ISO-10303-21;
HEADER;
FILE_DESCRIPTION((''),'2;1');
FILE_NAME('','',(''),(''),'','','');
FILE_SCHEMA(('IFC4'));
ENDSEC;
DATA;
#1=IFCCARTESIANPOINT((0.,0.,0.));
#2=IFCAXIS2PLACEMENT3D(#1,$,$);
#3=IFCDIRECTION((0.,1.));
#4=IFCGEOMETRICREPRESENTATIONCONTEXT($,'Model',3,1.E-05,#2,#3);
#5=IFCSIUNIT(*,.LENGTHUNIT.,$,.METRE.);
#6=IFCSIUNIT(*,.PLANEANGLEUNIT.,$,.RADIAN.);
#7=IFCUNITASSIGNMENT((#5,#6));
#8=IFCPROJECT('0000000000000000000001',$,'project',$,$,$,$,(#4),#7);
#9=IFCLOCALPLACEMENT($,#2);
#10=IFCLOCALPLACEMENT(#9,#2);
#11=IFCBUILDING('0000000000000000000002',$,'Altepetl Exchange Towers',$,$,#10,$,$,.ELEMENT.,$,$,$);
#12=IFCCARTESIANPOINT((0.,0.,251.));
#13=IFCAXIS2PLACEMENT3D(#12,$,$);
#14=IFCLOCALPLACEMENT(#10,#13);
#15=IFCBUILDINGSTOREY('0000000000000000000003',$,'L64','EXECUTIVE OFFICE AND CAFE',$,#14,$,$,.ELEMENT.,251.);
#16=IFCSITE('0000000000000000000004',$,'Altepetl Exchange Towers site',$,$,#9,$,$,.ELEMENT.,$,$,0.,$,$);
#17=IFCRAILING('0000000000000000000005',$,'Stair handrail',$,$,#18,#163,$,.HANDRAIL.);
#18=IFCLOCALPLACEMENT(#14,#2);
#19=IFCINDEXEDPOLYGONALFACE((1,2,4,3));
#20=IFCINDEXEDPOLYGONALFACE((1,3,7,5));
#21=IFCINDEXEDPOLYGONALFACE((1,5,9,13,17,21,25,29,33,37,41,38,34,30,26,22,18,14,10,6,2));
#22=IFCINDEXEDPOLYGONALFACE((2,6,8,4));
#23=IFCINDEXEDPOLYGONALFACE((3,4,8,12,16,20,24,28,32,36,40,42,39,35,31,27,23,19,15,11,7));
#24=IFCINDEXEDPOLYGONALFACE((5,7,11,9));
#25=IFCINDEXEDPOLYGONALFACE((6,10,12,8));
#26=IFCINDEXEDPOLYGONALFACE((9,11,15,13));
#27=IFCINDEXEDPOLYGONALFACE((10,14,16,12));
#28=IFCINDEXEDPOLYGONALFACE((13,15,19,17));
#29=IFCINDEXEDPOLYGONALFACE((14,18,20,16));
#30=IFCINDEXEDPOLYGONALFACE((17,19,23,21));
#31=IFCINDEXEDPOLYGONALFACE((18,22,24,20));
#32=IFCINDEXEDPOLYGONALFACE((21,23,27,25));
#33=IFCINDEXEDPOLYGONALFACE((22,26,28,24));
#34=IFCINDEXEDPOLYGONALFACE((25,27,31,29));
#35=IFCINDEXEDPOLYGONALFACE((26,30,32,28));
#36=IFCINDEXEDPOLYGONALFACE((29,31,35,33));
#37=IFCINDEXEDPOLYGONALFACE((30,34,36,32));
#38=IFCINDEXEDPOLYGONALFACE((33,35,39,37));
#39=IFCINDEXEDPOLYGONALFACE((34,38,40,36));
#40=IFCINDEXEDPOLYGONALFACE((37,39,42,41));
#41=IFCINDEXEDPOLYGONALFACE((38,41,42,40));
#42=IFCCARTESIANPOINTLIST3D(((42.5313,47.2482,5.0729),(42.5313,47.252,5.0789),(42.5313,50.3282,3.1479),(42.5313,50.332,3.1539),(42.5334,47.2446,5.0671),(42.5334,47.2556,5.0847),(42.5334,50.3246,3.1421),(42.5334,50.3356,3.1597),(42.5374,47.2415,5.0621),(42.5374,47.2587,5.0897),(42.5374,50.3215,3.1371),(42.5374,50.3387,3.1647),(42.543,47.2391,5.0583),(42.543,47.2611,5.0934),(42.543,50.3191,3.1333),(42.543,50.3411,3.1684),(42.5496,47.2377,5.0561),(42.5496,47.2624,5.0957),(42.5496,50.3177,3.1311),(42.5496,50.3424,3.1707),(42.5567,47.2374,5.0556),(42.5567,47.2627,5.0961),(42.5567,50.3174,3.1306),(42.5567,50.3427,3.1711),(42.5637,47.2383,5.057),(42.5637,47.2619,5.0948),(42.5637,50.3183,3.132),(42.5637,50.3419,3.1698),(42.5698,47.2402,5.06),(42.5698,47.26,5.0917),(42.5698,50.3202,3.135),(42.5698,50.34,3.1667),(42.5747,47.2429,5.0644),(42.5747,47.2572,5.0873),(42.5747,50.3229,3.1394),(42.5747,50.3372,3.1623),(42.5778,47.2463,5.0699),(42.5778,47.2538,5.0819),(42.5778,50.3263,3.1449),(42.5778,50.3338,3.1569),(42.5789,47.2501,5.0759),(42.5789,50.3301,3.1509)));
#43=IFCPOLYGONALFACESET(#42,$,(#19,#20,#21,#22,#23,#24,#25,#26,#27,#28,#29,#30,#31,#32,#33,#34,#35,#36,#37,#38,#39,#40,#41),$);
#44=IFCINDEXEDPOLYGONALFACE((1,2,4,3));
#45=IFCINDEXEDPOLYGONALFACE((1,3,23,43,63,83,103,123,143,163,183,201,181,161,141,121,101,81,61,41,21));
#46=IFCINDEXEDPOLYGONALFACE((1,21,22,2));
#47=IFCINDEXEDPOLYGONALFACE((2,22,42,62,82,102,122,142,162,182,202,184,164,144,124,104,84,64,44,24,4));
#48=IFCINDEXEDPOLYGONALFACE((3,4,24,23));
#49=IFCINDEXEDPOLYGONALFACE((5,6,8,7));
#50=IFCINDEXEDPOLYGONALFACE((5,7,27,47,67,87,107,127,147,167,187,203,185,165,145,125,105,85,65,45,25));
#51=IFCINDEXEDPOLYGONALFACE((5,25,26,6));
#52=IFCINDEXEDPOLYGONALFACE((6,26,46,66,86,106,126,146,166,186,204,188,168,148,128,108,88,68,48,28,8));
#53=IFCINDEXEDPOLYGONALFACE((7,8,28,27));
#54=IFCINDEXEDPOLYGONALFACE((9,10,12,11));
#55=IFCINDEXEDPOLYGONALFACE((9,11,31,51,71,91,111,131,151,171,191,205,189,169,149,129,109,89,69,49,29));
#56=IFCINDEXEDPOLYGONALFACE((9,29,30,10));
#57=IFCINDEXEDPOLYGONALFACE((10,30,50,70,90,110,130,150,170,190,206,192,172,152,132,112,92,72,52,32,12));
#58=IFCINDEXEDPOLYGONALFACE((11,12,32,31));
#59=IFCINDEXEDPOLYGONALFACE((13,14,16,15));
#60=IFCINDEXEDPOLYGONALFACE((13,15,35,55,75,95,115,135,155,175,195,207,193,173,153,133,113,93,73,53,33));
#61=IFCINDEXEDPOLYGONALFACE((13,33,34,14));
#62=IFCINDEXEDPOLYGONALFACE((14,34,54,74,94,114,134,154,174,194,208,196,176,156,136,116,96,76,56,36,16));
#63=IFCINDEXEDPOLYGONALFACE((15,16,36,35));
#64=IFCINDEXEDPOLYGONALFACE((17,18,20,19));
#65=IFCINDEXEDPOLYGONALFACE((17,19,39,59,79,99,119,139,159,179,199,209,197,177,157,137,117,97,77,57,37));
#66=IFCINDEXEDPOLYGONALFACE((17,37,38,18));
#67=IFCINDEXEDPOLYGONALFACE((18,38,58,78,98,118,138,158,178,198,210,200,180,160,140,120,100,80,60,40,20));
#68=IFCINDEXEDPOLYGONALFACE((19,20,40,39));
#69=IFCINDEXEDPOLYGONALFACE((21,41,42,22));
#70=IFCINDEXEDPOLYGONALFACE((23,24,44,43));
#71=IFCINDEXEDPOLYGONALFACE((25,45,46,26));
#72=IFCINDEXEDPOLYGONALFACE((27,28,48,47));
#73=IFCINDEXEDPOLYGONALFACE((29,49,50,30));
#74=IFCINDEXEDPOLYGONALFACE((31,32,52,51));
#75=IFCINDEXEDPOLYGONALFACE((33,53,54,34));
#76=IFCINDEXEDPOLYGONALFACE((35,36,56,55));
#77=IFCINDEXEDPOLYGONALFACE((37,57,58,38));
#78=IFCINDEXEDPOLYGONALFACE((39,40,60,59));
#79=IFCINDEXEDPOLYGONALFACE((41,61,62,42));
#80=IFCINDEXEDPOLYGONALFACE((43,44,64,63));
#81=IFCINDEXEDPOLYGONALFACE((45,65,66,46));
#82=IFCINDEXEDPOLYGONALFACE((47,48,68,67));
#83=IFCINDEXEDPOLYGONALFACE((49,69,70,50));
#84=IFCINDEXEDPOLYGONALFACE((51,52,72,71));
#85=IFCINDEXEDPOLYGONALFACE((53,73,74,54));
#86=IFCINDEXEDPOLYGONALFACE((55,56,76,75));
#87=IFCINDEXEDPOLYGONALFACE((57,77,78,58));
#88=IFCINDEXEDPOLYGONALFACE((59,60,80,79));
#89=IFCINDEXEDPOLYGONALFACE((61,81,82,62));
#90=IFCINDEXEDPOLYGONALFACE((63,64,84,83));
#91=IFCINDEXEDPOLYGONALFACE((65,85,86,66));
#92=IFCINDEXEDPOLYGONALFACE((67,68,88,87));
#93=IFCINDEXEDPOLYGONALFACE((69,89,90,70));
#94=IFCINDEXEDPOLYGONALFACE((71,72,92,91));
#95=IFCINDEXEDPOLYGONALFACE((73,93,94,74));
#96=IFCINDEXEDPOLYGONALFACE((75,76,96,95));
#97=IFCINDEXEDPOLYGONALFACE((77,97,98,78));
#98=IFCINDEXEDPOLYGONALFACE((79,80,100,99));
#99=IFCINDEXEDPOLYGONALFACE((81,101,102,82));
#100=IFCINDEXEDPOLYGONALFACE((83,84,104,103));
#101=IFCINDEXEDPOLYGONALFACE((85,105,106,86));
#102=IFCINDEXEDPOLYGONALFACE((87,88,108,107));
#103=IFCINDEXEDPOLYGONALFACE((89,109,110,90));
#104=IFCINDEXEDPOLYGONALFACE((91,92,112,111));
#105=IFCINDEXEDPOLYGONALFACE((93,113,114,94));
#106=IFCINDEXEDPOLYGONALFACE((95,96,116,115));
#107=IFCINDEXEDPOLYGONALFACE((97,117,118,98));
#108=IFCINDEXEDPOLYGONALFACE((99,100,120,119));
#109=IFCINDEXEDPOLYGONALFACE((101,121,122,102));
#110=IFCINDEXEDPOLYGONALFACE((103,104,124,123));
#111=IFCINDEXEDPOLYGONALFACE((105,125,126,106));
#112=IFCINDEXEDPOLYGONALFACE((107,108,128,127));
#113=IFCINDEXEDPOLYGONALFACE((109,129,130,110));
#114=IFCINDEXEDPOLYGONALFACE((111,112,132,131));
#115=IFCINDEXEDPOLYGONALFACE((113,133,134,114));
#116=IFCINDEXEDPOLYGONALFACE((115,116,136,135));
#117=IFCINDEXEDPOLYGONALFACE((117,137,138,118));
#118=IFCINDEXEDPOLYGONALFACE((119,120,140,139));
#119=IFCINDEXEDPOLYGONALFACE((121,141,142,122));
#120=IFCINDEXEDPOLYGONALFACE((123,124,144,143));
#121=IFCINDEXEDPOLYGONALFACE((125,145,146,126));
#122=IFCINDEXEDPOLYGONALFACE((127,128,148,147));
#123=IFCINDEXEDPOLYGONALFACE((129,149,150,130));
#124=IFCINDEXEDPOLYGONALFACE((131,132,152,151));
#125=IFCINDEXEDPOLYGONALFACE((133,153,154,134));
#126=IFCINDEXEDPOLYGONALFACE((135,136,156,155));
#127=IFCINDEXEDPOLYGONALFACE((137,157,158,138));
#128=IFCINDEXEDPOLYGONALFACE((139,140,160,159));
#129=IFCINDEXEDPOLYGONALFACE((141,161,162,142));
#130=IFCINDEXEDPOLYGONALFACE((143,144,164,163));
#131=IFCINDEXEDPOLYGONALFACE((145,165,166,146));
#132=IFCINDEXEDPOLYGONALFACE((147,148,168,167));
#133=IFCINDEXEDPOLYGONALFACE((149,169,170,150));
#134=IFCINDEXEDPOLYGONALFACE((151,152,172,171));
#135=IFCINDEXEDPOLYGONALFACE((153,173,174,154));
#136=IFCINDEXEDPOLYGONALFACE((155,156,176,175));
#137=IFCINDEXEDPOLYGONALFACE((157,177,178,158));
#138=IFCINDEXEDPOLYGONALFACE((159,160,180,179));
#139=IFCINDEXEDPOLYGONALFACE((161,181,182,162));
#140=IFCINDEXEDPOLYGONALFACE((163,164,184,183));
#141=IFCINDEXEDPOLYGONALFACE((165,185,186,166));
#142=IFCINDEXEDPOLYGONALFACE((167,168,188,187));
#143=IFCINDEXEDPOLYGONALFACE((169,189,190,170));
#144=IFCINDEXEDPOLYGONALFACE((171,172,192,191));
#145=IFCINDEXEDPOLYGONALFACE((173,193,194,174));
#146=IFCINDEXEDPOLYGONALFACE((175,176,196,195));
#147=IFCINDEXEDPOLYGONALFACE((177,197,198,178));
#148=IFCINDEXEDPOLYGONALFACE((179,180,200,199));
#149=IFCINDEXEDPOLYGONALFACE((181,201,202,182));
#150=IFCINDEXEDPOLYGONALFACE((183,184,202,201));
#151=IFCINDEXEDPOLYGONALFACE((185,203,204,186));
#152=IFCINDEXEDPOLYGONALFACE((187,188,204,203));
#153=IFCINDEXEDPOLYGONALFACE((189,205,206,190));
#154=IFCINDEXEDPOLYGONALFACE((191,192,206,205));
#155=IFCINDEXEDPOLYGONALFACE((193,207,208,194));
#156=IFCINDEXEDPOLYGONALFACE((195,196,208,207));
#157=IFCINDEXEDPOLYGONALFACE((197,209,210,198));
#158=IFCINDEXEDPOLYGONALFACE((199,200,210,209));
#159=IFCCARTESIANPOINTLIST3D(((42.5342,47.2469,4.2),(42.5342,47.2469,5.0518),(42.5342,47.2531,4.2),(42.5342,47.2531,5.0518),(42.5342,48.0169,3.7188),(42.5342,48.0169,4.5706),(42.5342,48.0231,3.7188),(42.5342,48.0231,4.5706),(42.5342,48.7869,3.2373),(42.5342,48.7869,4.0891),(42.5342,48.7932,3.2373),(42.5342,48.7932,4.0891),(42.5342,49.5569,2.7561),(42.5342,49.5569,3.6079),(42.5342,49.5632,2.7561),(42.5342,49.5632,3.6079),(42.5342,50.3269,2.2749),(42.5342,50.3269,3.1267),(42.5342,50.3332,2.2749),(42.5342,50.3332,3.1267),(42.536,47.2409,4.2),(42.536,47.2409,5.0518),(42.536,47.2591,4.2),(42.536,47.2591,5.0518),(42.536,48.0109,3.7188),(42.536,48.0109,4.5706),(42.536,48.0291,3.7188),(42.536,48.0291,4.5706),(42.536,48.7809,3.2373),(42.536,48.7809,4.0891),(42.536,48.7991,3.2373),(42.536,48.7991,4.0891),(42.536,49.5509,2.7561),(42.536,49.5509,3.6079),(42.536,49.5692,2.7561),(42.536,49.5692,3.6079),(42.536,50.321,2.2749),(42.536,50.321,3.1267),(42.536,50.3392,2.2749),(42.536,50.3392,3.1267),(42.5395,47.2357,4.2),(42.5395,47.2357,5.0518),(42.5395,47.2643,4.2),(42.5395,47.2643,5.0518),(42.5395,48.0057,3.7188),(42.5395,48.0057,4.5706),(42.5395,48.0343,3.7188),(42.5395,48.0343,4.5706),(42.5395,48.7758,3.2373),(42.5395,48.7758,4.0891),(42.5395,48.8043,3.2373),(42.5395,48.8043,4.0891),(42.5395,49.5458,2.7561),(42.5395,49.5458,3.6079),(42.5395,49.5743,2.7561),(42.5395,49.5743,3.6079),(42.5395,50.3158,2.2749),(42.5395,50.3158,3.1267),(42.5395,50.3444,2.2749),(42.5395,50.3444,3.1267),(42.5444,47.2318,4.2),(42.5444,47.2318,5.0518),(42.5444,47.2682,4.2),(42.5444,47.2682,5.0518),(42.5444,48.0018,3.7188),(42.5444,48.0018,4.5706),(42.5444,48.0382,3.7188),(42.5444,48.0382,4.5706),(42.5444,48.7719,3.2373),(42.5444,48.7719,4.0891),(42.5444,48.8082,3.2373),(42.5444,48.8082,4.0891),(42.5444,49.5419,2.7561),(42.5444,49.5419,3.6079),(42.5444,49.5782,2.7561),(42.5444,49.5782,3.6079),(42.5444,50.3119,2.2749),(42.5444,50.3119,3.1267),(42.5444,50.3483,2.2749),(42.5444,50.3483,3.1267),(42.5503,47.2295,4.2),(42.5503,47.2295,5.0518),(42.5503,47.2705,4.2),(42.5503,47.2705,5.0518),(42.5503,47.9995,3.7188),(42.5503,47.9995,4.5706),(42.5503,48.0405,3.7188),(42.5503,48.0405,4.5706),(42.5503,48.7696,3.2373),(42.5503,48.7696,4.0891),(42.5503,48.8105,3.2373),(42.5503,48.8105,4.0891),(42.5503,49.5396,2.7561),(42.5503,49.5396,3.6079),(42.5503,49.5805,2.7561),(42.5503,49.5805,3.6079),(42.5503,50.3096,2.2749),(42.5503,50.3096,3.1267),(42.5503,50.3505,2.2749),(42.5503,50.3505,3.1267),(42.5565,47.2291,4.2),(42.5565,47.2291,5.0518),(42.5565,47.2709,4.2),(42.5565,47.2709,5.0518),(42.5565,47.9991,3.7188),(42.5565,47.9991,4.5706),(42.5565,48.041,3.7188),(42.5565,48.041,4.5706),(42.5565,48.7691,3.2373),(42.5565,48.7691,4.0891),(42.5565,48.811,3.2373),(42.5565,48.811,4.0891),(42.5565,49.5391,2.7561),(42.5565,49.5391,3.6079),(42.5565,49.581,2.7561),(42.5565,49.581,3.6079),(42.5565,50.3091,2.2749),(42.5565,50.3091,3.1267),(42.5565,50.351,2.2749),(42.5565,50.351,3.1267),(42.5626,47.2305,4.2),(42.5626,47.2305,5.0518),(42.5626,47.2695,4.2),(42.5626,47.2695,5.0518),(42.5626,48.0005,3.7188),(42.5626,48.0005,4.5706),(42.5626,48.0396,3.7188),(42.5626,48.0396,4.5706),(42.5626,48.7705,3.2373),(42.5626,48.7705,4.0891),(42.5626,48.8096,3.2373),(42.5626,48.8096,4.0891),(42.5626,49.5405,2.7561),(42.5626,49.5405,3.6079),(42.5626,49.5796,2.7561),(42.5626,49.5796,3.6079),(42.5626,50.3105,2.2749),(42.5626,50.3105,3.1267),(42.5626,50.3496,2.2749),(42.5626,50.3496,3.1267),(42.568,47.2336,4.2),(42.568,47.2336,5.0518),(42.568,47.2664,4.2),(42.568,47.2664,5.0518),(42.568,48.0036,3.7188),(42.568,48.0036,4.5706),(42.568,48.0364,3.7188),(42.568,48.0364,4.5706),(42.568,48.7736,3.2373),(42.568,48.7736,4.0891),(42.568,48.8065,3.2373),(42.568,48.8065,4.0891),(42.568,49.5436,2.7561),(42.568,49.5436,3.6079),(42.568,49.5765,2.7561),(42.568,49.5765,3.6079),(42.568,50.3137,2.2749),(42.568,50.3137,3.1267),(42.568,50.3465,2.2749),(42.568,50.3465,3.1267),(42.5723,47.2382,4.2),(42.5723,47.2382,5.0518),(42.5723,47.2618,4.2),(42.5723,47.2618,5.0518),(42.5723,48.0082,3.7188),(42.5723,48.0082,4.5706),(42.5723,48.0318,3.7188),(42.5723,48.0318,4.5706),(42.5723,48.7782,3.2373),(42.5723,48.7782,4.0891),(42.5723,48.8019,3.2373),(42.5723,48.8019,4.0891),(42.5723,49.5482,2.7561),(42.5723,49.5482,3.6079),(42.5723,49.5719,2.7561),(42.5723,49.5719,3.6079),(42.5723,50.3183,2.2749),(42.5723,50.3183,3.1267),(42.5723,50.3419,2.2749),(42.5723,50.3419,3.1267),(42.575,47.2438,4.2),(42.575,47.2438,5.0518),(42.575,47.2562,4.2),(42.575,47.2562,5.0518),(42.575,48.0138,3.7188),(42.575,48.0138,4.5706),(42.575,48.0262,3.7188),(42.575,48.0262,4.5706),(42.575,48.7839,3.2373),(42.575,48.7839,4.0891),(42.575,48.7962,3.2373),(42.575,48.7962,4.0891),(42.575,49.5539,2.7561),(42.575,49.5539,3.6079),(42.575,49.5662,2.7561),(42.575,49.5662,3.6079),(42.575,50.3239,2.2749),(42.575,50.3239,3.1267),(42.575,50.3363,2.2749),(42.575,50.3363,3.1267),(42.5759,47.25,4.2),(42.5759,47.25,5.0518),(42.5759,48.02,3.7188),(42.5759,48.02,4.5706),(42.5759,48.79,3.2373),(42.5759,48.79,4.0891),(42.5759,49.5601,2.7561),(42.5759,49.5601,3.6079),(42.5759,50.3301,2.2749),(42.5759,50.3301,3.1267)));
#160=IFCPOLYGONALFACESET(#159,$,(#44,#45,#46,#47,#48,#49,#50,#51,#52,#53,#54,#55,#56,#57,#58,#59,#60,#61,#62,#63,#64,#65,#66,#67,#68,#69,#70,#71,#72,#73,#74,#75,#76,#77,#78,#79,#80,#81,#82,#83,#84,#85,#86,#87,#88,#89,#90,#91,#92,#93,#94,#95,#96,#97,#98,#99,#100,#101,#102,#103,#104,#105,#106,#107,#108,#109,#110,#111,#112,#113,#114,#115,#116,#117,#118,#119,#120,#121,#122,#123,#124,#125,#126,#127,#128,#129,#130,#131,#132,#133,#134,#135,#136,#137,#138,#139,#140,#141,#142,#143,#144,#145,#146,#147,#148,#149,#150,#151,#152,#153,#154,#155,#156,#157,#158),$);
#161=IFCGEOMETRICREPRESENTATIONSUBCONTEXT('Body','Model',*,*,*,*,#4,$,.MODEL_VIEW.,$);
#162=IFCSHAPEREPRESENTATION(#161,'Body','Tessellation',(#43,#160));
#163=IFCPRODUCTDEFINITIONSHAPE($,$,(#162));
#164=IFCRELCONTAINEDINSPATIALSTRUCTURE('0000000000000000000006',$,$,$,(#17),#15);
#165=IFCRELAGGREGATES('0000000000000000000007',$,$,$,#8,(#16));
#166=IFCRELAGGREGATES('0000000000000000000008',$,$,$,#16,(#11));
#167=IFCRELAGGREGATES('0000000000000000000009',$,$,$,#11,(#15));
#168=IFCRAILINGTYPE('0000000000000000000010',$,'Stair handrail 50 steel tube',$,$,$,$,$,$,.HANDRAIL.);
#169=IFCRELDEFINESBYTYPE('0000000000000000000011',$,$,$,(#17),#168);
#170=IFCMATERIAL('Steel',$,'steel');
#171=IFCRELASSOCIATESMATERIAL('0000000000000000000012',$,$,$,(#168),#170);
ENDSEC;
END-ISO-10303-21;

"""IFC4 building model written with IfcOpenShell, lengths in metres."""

from ifc_helpers import new_model, si_unit, direction, frame, origin, origin_2d, place, context, subcontext, project, spatial, circle, extrude, source, transform, mapped, material, type_object, element, save


model = new_model("IFC4")

# Units and contexts
model_context = context("Model", 3, precision=1e-05, world=origin(), true_north=direction((0.0, 1.0)))
body_context = subcontext(model_context, "Body", "Model", "MODEL_VIEW")
ifc_project = project(units=[si_unit("LENGTHUNIT", "METRE"), si_unit("PLANEANGLEUNIT", "RADIAN")], contexts=[model_context])

# Site, building, storey
site_placement = place(None, origin())
site = spatial("IfcSite", under=ifc_project, at=site_placement, Name="Altepetl Exchange Towers site", CompositionType="ELEMENT", RefElevation=0.0)
building_placement = place(site_placement, origin())
building = spatial("IfcBuilding", under=site, at=building_placement, Name="Altepetl Exchange Towers", CompositionType="ELEMENT")
storey_placement = place(building_placement, frame((0.0, 0.0, 251.0)))
storey = spatial("IfcBuildingStorey", under=building, at=storey_placement, Name="L64", Description="EXECUTIVE OFFICE AND CAFE", CompositionType="ELEMENT", Elevation=251.0)

# Railing
ifc_material_1 = material(Name="Steel", Category="steel")
railing_type = type_object("IfcRailingType", Name="Stair handrail 50 steel tube", PredefinedType="HANDRAIL", material=ifc_material_1)
shared_shape = source(origin(), body_context, "Body", "SweptSolid", [
    extrude(circle(Radius=0.021, at=origin_2d()), origin(), (0.0, 0.0, 1.0), 0.8518),
])
railing_1_placement = place(storey_placement, frame((42.5549, 50.3301, 2.2749)))
element("IfcRailing", 1, at=railing_1_placement, inside=storey, type_object=railing_type, Name="Stair handrail", PredefinedType="HANDRAIL", context=body_context, shape_type="SweptSolid", body=[
    extrude(circle(Radius=0.0239, at=origin_2d()), frame((0.0, 0.0, 0.876), z_axis=(0.0, -0.847998, 0.529999), x_axis=(1.0, 0.0, 0.0)), (0.0, 0.0, 1.0), 3.6321),
    mapped(shared_shape, transform((0.0, 0.0, 0.0))),
    mapped(shared_shape, transform((0.0, -0.77, 0.4812))),
    mapped(shared_shape, transform((0.0, -1.54, 0.9624))),
    mapped(shared_shape, transform((0.0, -2.3101, 1.4438))),
    mapped(shared_shape, transform((0.0, -3.0801, 1.925))),
])

save(model, "model.ifc")
